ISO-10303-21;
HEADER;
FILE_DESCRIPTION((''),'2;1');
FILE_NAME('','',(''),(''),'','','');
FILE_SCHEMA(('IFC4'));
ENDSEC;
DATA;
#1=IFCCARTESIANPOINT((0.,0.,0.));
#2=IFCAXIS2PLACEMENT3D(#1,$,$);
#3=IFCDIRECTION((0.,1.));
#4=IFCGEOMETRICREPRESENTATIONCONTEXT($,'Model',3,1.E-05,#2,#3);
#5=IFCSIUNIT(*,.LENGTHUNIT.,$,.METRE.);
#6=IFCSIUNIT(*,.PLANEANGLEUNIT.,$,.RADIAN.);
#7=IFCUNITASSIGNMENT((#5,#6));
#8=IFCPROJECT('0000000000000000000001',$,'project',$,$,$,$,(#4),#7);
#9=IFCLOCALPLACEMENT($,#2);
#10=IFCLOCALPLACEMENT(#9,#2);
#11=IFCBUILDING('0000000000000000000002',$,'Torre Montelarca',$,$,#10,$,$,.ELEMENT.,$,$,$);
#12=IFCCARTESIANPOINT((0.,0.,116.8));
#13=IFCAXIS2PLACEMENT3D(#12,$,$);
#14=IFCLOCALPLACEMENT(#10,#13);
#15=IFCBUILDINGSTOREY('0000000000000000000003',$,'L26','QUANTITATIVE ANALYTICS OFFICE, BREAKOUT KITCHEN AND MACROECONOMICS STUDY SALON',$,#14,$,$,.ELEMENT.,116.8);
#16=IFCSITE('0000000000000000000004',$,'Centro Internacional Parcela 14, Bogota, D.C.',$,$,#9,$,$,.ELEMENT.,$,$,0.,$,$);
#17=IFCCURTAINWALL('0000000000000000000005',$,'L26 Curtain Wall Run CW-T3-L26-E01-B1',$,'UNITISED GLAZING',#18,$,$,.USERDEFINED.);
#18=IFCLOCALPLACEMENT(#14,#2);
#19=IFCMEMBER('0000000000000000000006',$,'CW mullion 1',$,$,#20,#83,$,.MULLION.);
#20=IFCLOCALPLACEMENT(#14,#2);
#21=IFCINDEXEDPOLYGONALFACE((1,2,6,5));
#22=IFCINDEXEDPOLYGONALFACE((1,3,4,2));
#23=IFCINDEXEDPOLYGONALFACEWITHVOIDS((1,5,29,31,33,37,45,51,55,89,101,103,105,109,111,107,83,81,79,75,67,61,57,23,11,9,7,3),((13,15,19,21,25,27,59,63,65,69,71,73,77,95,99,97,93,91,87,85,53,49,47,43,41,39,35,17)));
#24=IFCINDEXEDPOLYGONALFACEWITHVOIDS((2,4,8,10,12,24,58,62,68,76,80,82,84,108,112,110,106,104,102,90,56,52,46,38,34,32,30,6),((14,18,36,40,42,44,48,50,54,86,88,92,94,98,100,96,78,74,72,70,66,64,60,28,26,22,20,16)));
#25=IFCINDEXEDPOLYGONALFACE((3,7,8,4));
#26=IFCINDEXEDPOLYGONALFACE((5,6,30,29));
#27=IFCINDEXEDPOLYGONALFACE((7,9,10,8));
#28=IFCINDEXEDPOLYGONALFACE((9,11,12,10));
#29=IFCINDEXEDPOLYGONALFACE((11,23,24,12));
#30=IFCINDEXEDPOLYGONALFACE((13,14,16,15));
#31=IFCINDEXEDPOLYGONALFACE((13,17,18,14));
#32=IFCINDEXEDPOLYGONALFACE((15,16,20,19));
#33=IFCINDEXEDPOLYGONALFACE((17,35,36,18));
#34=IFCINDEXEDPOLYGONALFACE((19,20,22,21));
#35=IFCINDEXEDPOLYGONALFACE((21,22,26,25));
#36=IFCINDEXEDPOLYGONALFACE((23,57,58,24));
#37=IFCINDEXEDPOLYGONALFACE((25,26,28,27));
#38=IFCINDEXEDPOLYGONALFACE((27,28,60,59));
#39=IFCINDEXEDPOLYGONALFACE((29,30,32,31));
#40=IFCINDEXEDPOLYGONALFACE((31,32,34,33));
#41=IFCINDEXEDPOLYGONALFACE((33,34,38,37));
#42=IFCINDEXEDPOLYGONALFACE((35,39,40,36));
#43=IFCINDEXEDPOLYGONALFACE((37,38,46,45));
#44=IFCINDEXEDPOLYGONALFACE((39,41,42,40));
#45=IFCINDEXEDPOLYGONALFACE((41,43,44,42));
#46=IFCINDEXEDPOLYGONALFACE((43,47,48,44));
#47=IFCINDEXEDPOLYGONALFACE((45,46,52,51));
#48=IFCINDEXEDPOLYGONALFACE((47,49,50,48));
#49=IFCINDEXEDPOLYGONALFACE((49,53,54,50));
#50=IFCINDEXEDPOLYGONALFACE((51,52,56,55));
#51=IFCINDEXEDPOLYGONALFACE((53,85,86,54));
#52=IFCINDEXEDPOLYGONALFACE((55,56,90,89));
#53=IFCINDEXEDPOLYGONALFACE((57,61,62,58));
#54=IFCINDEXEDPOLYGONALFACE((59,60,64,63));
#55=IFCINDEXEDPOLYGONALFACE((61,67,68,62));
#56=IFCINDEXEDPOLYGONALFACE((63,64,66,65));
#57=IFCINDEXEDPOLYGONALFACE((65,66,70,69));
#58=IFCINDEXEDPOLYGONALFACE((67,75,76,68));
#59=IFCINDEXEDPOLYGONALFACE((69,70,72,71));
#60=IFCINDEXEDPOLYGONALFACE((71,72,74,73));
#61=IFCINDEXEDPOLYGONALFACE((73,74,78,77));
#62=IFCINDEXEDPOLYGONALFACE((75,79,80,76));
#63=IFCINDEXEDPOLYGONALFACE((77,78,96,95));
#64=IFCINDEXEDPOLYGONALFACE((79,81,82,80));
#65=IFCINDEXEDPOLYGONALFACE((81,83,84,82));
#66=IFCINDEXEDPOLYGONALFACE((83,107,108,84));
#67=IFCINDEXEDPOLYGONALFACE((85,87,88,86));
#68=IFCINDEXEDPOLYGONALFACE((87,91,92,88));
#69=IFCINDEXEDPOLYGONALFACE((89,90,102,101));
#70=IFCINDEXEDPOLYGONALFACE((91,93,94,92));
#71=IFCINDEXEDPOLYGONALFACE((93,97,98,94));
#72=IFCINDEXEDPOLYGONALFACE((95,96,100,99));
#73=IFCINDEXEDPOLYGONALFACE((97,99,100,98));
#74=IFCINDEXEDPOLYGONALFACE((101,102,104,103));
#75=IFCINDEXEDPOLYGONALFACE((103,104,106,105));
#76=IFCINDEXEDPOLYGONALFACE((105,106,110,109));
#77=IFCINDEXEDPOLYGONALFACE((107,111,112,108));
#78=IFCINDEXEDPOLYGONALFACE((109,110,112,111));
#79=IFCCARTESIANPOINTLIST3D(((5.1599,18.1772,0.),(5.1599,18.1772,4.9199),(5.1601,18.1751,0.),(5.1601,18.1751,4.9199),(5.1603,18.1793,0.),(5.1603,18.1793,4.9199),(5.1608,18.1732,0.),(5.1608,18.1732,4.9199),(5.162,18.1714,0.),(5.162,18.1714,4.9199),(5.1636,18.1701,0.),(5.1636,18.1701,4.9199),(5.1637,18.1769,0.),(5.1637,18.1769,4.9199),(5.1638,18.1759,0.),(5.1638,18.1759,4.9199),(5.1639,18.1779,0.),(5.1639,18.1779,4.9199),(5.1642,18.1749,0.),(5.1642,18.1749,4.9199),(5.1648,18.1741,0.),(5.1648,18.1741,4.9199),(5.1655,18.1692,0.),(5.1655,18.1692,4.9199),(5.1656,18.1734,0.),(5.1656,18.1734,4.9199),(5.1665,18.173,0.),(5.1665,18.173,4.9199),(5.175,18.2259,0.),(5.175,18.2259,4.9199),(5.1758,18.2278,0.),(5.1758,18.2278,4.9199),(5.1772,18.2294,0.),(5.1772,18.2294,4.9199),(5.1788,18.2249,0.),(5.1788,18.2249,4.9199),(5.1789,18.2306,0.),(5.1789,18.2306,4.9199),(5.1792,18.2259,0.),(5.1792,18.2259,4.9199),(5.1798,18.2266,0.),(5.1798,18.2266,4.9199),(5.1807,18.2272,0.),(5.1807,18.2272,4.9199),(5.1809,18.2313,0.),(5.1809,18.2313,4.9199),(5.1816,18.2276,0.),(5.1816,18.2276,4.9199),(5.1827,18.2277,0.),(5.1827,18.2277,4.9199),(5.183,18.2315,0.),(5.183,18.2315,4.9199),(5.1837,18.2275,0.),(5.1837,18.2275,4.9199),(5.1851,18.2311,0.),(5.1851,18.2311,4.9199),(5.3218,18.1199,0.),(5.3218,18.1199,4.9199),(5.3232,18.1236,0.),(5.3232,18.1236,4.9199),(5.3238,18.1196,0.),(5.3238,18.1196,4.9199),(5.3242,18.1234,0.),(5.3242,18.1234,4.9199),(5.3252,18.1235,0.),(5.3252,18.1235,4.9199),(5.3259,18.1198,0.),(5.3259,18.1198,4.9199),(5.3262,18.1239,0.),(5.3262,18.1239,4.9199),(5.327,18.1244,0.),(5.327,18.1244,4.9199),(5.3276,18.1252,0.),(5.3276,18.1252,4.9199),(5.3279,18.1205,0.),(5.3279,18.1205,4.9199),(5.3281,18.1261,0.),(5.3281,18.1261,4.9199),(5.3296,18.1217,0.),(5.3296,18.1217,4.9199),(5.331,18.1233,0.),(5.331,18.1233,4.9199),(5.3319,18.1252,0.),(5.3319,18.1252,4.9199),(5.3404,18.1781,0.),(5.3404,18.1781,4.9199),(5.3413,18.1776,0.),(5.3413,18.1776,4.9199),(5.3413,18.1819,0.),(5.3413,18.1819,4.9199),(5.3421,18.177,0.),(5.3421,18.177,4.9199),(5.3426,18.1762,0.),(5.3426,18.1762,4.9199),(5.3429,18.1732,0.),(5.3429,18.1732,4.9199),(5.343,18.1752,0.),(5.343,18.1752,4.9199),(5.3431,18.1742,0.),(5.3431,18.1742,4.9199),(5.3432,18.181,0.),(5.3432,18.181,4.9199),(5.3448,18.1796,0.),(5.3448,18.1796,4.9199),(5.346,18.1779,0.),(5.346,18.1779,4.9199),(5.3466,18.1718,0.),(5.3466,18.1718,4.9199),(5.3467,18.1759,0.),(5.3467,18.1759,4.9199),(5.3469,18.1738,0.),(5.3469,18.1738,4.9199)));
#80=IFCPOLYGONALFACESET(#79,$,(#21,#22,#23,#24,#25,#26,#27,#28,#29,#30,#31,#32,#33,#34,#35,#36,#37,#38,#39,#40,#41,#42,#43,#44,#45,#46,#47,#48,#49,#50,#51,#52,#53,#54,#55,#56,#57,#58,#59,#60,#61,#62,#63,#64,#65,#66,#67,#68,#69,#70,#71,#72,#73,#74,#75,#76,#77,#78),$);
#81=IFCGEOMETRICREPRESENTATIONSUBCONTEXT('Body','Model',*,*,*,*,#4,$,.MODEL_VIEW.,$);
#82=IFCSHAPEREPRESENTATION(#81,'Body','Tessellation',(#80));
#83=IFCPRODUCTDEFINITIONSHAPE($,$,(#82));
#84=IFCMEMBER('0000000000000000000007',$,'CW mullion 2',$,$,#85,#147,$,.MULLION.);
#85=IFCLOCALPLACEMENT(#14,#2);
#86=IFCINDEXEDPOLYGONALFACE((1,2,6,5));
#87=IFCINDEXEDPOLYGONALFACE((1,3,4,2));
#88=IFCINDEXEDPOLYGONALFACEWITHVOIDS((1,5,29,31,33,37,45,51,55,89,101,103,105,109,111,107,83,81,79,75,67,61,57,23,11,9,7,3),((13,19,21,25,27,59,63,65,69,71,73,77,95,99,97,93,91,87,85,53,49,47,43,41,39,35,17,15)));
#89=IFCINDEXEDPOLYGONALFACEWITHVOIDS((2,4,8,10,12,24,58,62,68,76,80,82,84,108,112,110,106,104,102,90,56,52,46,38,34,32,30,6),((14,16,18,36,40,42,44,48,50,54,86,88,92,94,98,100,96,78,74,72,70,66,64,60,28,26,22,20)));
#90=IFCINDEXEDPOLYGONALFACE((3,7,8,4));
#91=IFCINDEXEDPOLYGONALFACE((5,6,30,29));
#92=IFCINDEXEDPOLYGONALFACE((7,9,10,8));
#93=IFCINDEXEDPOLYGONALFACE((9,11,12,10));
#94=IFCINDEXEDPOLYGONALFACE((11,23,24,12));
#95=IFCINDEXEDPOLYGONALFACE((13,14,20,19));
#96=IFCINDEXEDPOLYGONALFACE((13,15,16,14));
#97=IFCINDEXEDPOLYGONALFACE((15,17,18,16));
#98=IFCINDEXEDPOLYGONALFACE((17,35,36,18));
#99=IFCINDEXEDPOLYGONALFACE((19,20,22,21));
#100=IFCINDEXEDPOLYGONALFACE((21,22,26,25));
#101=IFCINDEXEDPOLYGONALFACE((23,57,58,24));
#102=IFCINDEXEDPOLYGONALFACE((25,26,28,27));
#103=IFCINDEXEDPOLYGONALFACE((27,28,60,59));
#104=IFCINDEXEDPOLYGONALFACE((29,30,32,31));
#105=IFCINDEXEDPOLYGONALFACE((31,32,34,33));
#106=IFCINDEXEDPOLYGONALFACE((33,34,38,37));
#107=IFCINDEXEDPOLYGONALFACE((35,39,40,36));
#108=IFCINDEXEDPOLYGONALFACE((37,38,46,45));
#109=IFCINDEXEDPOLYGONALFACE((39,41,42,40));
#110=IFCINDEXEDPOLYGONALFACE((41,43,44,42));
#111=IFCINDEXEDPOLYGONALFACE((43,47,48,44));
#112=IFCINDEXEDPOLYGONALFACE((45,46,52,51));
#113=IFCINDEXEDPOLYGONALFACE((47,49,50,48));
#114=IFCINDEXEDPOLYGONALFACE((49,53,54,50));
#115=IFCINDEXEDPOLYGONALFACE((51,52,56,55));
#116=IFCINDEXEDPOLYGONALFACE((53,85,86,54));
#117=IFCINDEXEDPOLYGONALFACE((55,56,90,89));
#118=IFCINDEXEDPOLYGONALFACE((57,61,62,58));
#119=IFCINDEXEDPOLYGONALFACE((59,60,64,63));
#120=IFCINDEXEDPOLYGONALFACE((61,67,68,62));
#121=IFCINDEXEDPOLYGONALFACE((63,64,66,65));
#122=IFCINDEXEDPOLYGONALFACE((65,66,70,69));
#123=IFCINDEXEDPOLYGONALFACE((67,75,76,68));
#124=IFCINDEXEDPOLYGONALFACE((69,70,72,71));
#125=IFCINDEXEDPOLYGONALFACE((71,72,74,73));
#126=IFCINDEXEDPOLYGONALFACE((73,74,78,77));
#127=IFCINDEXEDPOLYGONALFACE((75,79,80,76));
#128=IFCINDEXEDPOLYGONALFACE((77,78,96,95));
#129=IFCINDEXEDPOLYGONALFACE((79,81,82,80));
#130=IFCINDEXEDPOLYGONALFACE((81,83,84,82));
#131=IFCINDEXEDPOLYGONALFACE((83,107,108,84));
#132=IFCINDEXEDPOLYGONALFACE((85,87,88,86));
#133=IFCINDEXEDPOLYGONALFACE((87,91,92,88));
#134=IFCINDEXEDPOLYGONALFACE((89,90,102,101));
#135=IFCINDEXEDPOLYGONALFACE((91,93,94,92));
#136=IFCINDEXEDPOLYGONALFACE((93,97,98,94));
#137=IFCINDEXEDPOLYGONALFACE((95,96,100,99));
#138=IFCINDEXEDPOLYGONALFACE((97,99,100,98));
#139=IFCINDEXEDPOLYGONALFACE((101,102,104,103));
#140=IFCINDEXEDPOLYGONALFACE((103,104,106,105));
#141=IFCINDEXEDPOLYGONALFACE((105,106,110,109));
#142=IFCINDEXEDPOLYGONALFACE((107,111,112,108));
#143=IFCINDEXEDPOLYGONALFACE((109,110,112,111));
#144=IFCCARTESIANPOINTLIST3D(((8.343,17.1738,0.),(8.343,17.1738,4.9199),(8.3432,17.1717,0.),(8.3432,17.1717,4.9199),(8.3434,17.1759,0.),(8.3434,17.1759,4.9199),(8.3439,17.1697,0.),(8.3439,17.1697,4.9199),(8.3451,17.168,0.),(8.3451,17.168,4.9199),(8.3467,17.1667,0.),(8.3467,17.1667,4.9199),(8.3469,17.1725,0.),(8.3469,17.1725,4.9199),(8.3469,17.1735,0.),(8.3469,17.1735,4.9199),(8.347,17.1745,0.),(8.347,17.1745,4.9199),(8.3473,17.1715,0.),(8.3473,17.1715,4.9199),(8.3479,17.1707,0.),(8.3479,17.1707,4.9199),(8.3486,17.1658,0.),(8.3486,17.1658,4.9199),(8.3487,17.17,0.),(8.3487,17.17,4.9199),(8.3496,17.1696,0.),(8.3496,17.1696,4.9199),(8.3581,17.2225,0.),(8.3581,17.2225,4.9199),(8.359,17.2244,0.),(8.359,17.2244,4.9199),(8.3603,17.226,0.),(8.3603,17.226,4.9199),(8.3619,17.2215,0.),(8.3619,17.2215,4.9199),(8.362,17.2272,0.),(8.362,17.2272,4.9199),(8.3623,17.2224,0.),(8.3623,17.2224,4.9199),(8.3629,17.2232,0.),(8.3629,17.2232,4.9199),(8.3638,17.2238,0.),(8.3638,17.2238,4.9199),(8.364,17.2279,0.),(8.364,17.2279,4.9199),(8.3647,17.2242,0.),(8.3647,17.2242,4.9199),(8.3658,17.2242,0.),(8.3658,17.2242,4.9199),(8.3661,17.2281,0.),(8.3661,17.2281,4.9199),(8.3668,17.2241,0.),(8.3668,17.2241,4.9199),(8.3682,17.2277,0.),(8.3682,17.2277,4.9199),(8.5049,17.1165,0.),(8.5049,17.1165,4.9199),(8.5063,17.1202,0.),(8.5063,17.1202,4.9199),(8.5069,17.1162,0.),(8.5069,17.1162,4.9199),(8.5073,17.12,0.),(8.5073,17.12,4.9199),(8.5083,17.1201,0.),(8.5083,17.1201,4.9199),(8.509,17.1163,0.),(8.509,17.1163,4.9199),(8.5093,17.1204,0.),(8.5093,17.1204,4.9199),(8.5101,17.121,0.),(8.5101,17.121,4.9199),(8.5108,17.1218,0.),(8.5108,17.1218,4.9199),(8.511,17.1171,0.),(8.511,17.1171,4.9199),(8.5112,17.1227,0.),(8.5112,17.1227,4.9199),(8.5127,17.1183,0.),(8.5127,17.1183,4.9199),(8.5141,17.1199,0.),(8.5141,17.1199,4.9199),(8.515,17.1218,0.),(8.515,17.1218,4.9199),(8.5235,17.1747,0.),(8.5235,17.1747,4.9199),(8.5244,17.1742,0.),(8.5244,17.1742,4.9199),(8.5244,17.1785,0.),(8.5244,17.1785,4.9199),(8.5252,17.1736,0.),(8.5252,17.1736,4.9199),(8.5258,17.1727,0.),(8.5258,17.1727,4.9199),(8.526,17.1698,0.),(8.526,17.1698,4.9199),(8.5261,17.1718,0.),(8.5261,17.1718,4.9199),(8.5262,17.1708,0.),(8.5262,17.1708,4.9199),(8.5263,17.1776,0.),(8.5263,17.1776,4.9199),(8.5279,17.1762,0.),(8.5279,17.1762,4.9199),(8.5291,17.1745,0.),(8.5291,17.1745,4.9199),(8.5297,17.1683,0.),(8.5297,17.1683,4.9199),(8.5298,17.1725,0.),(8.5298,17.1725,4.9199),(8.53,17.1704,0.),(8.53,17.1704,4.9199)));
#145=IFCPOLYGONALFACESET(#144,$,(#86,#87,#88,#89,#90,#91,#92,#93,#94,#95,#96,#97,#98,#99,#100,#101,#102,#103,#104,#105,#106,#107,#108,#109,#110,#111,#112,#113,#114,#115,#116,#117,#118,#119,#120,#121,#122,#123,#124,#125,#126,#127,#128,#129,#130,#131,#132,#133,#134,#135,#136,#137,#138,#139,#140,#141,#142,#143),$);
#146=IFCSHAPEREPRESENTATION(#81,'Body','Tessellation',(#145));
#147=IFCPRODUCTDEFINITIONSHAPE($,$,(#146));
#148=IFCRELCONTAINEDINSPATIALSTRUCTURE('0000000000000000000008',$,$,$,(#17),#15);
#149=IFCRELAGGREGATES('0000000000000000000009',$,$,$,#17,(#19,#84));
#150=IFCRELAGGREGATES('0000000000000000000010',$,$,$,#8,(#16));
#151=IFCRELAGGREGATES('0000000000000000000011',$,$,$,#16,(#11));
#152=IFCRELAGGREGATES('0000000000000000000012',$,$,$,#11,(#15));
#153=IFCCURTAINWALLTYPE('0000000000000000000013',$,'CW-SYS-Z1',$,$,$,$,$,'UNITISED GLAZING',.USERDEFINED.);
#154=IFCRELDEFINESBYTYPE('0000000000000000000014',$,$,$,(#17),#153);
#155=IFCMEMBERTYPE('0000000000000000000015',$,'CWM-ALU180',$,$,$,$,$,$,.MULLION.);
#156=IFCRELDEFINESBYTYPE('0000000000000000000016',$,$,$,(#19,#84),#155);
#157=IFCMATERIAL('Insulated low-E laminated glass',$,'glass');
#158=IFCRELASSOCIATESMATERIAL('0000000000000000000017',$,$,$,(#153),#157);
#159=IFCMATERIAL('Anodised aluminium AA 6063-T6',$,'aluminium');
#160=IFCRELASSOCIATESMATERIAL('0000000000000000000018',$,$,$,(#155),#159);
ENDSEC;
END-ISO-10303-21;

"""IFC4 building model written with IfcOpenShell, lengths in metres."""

from ifc_helpers import new_model, si_unit, direction, frame, origin, origin_2d, place, context, subcontext, project, spatial, hollow_rectangle, extrude, source, transform, mapped, material, material_profile, profile_set, type_object, element, aggregate, save


model = new_model("IFC4")

# Units and contexts
model_context = context("Model", 3, precision=1e-05, world=origin(), true_north=direction((0.0, 1.0)))
body_context = subcontext(model_context, "Body", "Model", "MODEL_VIEW")
ifc_project = project(units=[si_unit("LENGTHUNIT", "METRE"), si_unit("PLANEANGLEUNIT", "RADIAN")], contexts=[model_context])

# Site, building, storey
site_placement = place(None, origin())
site = spatial("IfcSite", under=ifc_project, at=site_placement, Name="Centro Internacional Parcela 14, Bogota, D.C.", CompositionType="ELEMENT", RefElevation=0.0)
building_placement = place(site_placement, origin())
building = spatial("IfcBuilding", under=site, at=building_placement, Name="Torre Montelarca", CompositionType="ELEMENT")
storey_placement = place(building_placement, frame((0.0, 0.0, 116.8)))
storey = spatial("IfcBuildingStorey", under=building, at=storey_placement, Name="L26", Description="QUANTITATIVE ANALYTICS OFFICE, BREAKOUT KITCHEN AND MACROECONOMICS STUDY SALON", CompositionType="ELEMENT", Elevation=116.8)

# Curtain wall
ifc_material_1 = material(Name="Insulated low-E laminated glass", Category="glass")
curtain_wall_type = type_object("IfcCurtainWallType", Name="CW-SYS-Z1", ElementType="UNITISED GLAZING", PredefinedType="USERDEFINED", material=ifc_material_1)
curtain_wall_1_placement = place(storey_placement, origin())
curtain_wall_1 = element("IfcCurtainWall", 1, at=curtain_wall_1_placement, inside=storey, type_object=curtain_wall_type, Name="L26 Curtain Wall Run CW-T3-L26-E01-B1", ObjectType="UNITISED GLAZING", PredefinedType="USERDEFINED")
ifc_material_2 = material(Name="Anodised aluminium AA 6063-T6", Category="aluminium")

# Members
ifc_material_profile_1 = material_profile(ifc_material_2, hollow_rectangle(XDim=0.0649, YDim=0.1799, WallThickness=0.0039, InnerFilletRadius=0.0039, OuterFilletRadius=0.0081, at=origin_2d()), Name="ALU65X180X4", Category="aluminium")
ifc_profile_set_1 = profile_set([ifc_material_profile_1], Name="Anodised aluminium AA 6063-T6")
member_type_1 = type_object("IfcMemberType", Name="CWM-ALU180", PredefinedType="MULLION", material=ifc_profile_set_1)
shared_shape_1 = source(origin(), body_context, "Body", "SweptSolid", [
    extrude(hollow_rectangle(XDim=0.0649, YDim=0.1799, WallThickness=0.0039, InnerFilletRadius=0.0039, OuterFilletRadius=0.0081, at=origin_2d()), origin(), (0.0, 0.0, 1.0), 4.9199),
])
member_1_placement = place(storey_placement, frame((5.2534, 18.1755, 0.0), z_axis=(0.0, 0.0, 1.0), x_axis=(0.30071, 0.953716, 0.0)))
member_1 = element("IfcMember", 2, at=member_1_placement, type_object=member_type_1, Name="CW mullion 1", PredefinedType="MULLION", context=body_context, shape_type="MappedRepresentation", body=[
    mapped(shared_shape_1, transform((0.0, 0.0, 0.0), scale=1.0)),
])
member_2_placement = place(storey_placement, frame((8.4365, 17.1721, 0.0), z_axis=(0.0, 0.0, 1.0), x_axis=(0.30071, 0.953716, 0.0)))
member_2 = element("IfcMember", 3, at=member_2_placement, type_object=member_type_1, Name="CW mullion 2", PredefinedType="MULLION", context=body_context, shape_type="MappedRepresentation", body=[
    mapped(shared_shape_1, transform((0.0, 0.0, 0.0), scale=1.0)),
])

aggregate(curtain_wall_1, [member_1, member_2])

save(model, "model.ifc")
